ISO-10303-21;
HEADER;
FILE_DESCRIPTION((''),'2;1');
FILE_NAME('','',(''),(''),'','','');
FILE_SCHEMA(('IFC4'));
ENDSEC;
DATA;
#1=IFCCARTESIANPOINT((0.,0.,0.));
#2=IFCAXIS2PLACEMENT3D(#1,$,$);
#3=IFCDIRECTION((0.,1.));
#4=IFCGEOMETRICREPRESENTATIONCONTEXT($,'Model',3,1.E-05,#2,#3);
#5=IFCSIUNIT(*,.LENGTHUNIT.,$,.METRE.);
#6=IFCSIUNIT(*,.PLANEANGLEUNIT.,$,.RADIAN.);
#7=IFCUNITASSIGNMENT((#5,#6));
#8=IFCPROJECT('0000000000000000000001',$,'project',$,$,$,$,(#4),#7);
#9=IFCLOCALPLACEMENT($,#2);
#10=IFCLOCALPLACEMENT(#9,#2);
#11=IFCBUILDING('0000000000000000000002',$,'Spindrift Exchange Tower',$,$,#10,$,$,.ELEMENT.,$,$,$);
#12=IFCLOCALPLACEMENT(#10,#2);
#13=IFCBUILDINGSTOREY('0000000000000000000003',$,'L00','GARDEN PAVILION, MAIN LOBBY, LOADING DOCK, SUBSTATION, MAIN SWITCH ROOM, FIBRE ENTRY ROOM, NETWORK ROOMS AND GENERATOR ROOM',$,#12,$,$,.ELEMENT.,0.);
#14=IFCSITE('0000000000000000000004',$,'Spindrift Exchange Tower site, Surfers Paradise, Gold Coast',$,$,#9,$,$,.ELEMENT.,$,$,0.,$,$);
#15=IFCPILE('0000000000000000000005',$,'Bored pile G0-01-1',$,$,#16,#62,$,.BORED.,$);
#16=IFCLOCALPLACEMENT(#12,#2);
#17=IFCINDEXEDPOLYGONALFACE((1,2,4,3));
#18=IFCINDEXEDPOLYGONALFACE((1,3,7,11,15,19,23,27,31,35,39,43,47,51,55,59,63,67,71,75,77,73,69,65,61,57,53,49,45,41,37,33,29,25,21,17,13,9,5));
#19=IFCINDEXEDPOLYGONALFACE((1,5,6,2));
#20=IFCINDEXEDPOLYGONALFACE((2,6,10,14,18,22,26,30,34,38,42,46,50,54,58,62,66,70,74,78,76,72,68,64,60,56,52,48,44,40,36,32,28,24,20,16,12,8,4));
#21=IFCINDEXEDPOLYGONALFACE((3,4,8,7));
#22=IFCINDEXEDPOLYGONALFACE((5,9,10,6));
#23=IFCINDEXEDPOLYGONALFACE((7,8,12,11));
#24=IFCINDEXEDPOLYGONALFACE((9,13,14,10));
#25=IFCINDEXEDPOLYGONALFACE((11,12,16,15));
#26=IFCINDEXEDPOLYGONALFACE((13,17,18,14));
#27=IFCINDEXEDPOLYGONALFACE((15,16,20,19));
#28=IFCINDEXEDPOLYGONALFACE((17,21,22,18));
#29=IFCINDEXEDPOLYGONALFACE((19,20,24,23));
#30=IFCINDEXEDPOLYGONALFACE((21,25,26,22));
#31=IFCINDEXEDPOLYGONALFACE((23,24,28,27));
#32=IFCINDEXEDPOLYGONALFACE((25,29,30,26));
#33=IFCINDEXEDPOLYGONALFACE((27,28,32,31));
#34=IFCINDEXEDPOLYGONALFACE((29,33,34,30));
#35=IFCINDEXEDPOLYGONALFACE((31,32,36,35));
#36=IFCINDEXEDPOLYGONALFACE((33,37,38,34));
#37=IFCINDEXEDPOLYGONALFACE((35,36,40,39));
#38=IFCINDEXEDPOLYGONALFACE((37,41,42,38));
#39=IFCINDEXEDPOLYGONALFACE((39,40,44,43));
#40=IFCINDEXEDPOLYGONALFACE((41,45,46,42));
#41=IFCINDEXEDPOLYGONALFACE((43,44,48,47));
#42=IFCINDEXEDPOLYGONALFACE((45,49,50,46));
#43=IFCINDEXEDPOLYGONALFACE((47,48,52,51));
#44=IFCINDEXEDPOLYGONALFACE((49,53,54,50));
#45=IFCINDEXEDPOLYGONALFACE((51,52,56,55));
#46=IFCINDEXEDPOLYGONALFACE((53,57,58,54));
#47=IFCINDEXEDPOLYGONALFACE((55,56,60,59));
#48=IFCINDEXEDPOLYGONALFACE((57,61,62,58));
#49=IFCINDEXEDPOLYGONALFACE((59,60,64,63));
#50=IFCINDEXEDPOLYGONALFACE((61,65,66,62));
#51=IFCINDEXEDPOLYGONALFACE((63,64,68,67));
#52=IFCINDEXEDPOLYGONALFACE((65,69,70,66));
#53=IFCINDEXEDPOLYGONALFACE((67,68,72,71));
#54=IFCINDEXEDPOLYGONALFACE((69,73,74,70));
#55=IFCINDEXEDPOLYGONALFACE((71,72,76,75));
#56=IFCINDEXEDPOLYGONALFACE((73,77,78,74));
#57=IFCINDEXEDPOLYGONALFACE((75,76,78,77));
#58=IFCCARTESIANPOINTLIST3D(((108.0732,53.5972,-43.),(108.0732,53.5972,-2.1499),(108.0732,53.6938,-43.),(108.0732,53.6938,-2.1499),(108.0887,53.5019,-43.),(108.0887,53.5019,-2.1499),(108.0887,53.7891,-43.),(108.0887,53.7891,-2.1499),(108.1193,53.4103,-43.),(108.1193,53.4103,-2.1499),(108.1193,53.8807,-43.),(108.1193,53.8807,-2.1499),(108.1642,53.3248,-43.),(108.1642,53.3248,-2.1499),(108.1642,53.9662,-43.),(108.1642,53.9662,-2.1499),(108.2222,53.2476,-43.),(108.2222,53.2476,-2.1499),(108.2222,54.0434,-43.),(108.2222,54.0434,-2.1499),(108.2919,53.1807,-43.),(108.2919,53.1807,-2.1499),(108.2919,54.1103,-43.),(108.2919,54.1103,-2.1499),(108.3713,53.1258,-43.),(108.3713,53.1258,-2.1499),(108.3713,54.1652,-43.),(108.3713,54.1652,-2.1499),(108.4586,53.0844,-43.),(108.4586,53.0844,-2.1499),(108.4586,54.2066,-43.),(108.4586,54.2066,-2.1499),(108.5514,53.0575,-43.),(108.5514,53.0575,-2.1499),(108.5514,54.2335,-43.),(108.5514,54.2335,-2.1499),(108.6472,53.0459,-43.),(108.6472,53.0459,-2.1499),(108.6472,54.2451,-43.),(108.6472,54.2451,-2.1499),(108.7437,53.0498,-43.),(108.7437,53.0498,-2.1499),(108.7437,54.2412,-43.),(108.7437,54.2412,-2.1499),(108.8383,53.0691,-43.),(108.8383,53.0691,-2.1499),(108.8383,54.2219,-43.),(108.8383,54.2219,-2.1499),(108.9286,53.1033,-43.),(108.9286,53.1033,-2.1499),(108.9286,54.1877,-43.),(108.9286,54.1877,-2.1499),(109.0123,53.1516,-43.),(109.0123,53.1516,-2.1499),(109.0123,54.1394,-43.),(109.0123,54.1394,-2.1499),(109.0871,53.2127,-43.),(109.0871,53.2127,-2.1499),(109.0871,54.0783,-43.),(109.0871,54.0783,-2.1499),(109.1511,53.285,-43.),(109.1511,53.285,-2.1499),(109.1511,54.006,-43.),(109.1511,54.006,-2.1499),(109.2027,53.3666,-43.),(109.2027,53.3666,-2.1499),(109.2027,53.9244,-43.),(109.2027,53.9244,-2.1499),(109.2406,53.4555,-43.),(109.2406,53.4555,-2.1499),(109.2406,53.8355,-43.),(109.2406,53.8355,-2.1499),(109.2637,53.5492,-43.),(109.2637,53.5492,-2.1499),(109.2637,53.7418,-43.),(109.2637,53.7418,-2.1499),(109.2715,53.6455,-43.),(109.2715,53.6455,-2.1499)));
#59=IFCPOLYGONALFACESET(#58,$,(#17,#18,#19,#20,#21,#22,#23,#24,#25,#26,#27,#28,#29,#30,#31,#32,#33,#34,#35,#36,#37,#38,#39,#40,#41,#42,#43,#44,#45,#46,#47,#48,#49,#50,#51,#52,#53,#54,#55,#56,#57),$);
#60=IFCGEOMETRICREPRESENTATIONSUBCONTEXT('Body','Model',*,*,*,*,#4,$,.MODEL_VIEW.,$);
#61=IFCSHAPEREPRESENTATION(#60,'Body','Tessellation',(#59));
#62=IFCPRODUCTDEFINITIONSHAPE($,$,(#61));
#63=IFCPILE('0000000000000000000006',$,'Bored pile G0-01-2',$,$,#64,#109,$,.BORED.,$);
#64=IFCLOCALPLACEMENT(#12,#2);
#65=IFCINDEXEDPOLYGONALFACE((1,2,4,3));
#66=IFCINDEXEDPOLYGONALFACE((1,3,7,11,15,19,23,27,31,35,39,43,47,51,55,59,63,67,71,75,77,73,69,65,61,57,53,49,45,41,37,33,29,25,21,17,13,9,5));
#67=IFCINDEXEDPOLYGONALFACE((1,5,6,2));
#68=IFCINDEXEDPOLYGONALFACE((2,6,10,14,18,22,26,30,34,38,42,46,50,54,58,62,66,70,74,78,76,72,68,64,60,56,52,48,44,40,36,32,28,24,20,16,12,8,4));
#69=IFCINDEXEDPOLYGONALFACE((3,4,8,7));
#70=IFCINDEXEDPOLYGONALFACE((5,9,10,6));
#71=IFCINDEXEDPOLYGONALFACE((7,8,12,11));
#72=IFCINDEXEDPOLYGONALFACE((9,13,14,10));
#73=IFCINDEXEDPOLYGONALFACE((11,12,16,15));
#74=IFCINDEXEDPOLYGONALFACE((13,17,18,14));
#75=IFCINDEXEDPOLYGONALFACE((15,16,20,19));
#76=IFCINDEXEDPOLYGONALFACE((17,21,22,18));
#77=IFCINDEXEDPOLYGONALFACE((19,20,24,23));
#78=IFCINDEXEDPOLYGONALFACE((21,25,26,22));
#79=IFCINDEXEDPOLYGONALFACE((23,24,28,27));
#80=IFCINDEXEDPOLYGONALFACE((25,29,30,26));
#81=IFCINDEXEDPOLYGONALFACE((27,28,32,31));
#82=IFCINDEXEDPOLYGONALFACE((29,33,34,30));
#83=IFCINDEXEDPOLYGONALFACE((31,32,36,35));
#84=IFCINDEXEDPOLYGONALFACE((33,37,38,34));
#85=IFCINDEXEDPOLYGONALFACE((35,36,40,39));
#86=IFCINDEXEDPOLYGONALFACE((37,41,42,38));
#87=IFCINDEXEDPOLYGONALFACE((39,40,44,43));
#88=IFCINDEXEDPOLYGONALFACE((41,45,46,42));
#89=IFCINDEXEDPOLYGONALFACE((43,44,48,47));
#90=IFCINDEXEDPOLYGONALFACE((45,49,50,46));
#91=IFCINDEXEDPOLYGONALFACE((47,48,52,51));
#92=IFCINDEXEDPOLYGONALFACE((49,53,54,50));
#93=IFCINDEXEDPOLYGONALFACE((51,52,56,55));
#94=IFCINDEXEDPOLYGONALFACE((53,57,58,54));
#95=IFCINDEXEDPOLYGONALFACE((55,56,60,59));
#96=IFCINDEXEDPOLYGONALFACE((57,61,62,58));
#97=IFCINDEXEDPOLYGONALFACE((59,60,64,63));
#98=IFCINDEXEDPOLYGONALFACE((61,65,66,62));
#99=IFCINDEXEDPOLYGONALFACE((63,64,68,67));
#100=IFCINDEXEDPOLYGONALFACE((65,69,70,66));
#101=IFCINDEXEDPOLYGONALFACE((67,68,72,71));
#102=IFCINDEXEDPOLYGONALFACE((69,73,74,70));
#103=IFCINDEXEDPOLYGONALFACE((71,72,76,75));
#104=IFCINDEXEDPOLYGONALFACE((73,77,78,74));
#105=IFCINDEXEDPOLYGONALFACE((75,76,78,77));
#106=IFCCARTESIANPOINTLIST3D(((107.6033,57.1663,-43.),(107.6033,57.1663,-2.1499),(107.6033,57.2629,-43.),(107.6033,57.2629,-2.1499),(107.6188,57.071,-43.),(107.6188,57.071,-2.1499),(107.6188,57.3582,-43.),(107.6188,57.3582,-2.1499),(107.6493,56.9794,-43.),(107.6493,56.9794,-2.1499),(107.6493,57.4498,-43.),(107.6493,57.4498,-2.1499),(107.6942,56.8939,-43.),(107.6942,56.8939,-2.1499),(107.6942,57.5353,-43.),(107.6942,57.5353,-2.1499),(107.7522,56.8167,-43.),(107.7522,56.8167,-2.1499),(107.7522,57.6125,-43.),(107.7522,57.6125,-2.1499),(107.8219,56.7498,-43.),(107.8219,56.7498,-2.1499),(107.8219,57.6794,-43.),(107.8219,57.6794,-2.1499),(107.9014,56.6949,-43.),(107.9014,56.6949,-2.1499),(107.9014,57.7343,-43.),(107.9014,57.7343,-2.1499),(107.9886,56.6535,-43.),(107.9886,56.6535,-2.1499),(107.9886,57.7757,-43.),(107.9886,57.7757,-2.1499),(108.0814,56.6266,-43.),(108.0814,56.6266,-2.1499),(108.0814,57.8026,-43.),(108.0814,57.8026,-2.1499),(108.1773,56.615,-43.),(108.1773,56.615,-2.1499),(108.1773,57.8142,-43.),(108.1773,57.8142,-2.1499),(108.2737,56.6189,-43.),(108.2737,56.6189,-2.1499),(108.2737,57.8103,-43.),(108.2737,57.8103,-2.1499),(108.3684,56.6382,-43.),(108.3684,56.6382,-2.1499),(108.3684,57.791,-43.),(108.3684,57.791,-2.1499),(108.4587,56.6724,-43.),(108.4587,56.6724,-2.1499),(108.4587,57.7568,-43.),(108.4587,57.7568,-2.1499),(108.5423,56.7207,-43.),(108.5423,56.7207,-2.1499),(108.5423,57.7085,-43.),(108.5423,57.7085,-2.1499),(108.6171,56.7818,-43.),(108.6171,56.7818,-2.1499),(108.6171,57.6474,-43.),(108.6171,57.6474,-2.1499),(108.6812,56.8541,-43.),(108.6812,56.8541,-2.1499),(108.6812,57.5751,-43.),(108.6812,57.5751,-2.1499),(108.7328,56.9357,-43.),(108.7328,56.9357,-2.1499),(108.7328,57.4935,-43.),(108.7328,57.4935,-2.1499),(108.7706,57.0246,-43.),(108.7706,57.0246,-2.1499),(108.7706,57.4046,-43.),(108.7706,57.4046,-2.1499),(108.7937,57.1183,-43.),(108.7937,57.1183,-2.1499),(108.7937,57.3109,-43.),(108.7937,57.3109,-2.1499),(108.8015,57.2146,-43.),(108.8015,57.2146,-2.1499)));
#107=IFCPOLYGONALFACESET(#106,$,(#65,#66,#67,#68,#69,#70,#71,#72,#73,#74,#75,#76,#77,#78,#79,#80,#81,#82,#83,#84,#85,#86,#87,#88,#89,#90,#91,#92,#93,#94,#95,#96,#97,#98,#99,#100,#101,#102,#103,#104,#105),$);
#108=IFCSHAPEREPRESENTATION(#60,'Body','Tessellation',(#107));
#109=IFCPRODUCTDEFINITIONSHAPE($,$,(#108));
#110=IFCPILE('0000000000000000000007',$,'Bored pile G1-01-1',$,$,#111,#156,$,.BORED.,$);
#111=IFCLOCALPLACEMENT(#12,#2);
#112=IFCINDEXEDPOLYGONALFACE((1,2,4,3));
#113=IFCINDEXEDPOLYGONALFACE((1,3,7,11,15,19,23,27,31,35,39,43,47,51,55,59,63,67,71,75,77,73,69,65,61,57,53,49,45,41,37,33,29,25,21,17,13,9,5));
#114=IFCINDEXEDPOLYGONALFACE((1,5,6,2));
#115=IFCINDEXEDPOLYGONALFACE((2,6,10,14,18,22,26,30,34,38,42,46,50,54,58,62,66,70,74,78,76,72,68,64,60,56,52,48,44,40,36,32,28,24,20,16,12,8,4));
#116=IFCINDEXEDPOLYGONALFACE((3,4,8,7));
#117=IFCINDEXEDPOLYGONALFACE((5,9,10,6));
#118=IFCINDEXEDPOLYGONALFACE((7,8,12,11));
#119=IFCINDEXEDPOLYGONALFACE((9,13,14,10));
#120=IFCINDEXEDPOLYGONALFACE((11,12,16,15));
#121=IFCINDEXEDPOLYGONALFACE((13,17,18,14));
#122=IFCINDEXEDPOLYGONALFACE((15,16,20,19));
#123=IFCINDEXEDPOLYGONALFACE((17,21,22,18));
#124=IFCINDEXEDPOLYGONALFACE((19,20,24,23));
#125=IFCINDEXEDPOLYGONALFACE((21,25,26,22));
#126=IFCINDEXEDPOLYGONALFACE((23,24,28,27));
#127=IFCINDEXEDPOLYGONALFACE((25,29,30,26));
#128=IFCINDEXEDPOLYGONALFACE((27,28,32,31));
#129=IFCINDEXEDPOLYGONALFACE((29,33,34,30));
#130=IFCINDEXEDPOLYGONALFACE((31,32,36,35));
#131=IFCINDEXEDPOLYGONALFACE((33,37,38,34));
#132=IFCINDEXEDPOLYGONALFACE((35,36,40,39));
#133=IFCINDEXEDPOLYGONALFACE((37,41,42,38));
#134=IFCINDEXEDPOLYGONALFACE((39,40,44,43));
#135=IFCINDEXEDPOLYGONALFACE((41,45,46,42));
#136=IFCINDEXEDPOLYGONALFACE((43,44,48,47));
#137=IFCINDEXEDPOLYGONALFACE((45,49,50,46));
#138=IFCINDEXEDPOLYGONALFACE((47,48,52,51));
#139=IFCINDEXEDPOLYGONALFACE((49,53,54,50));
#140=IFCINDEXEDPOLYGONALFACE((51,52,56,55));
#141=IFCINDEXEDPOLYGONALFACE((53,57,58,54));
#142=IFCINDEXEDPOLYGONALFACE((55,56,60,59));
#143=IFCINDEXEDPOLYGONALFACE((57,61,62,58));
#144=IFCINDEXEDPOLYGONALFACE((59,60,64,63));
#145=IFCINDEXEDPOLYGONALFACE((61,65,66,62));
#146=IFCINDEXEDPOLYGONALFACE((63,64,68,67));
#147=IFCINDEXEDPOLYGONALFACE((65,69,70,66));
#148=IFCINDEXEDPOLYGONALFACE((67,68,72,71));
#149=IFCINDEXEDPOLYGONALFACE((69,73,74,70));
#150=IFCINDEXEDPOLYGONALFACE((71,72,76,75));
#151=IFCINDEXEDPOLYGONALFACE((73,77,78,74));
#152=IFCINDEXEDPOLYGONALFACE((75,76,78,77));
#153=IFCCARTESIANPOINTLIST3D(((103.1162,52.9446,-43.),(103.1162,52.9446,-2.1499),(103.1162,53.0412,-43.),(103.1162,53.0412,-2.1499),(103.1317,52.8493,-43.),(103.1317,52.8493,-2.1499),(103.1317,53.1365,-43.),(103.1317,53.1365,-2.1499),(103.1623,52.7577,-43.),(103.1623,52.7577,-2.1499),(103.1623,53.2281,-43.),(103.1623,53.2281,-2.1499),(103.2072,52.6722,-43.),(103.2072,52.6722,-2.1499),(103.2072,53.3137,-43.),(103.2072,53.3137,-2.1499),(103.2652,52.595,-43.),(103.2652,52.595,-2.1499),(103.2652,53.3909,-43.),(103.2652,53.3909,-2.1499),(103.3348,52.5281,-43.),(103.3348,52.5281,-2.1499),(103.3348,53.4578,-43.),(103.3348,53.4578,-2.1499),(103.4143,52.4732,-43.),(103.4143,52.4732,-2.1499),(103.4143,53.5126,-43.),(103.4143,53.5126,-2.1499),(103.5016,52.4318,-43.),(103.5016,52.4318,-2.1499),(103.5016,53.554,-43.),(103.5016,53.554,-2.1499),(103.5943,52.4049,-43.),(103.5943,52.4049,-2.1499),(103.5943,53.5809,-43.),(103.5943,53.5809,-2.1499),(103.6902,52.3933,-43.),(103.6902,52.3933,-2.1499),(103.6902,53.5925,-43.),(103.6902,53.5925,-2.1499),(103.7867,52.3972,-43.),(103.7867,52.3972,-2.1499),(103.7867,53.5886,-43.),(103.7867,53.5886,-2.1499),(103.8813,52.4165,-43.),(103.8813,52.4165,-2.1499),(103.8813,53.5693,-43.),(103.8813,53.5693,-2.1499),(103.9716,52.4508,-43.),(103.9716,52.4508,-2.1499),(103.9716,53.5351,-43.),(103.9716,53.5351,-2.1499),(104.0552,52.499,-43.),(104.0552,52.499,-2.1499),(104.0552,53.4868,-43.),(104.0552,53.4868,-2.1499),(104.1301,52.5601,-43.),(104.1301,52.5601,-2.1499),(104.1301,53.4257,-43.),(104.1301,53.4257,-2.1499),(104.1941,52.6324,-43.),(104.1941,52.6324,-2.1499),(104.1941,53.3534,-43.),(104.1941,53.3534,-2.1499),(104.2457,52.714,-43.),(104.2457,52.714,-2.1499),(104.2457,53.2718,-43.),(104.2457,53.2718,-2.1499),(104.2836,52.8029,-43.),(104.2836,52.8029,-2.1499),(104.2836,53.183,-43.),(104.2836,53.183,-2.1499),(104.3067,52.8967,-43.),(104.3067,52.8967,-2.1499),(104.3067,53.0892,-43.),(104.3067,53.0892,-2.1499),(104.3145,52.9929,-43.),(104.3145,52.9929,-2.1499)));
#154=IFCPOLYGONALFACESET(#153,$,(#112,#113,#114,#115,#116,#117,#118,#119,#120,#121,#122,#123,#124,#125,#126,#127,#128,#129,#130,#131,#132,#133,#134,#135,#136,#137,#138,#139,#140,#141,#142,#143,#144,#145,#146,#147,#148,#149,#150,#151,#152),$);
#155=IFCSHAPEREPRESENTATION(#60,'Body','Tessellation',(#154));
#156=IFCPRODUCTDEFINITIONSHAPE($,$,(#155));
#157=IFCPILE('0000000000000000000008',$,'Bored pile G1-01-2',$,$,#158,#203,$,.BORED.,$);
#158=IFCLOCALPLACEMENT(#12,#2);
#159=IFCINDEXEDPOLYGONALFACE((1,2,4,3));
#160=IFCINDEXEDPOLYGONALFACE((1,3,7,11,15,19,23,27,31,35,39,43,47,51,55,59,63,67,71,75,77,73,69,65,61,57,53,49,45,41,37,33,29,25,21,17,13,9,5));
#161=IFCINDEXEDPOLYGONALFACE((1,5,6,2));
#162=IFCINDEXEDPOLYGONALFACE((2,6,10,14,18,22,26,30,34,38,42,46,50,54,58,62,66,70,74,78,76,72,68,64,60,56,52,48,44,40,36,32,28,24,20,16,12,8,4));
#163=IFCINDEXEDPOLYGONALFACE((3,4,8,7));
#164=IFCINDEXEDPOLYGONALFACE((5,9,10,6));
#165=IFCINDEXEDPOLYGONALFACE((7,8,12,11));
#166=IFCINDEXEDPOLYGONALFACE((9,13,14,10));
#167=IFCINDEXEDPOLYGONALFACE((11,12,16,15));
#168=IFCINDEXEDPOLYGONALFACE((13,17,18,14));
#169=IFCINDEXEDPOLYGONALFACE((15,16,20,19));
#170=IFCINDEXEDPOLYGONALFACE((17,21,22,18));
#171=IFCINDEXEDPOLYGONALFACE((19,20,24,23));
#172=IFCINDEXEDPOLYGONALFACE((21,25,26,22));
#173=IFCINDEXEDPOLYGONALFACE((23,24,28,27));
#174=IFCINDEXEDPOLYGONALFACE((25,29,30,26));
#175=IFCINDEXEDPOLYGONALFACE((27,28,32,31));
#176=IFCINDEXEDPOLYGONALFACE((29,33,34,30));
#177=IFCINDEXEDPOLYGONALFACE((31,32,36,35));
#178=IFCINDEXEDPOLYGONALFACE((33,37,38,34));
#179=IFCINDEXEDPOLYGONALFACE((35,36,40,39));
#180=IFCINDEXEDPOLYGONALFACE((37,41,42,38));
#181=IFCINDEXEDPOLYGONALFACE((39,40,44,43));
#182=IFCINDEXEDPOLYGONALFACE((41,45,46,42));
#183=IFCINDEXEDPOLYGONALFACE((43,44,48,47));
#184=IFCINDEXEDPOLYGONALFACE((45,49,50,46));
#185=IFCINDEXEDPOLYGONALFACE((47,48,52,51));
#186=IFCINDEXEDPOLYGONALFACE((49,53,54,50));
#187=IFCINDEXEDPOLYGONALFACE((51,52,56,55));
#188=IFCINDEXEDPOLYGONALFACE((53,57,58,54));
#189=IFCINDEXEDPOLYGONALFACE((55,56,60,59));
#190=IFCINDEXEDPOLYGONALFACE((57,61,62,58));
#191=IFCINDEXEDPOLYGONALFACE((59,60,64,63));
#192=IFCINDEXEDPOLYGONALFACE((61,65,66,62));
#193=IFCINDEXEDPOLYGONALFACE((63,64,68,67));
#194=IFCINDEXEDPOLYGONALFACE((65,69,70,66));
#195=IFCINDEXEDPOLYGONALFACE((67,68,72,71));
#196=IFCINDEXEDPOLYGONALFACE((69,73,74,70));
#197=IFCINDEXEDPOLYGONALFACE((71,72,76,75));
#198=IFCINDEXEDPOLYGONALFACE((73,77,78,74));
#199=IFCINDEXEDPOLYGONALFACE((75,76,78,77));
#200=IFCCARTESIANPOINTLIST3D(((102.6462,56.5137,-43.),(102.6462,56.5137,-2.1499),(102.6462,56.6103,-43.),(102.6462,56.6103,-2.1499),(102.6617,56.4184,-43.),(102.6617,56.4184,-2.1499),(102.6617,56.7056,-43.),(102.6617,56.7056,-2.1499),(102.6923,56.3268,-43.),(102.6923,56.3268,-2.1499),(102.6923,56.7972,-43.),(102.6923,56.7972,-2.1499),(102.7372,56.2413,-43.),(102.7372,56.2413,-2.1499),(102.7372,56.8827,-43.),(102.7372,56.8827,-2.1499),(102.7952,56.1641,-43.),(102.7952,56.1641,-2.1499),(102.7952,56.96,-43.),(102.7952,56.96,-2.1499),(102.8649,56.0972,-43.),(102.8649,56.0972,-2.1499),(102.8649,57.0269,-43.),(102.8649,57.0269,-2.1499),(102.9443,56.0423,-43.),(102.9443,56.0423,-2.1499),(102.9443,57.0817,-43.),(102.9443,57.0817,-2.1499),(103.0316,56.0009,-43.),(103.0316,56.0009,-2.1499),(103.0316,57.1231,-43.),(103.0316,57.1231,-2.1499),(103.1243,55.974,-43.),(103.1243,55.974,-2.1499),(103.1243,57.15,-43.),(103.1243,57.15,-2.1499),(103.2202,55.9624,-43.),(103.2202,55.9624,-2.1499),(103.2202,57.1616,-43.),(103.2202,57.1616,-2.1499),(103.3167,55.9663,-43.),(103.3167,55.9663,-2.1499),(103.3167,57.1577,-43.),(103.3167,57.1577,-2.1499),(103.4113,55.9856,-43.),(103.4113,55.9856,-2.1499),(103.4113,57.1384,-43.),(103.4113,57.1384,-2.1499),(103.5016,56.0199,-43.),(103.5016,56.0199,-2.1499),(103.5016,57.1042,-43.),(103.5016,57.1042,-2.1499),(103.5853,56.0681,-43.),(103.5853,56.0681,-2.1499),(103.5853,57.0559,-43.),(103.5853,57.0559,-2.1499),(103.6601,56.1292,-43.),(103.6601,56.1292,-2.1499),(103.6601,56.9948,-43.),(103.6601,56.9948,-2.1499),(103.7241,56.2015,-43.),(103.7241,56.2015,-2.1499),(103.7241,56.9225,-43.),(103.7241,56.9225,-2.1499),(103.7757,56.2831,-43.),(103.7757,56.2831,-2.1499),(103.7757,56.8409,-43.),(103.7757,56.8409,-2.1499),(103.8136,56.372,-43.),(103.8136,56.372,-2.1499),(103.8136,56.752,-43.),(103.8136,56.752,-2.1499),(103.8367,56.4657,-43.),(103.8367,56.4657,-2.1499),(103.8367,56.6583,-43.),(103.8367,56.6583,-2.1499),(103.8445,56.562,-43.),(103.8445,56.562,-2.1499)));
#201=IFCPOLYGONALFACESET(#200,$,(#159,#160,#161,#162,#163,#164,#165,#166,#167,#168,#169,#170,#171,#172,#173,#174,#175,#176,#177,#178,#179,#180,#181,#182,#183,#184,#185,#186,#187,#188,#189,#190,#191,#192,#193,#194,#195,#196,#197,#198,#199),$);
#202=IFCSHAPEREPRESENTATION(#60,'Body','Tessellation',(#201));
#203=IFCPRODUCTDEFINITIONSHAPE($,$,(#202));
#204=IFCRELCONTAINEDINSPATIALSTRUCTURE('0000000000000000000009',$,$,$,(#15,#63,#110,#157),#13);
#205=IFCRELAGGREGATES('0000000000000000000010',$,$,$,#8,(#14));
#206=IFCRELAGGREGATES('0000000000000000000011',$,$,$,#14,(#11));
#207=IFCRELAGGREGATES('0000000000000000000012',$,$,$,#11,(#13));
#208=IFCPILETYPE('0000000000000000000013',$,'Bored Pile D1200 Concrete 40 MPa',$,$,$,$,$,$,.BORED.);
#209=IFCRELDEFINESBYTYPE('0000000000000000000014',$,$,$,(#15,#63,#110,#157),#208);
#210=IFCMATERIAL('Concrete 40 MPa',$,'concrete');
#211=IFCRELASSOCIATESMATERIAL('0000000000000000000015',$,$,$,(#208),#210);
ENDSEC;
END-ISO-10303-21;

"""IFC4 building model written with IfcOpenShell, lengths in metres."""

from ifc_helpers import new_model, si_unit, direction, frame, origin, origin_2d, place, context, subcontext, project, spatial, circle, extrude, source, transform, mapped, material, material_profile, profile_set, type_object, element, save


model = new_model("IFC4")

# Units and contexts
model_context = context("Model", 3, precision=1e-05, world=origin(), true_north=direction((0.0, 1.0)))
body_context = subcontext(model_context, "Body", "Model", "MODEL_VIEW")
ifc_project = project(units=[si_unit("LENGTHUNIT", "METRE"), si_unit("PLANEANGLEUNIT", "RADIAN")], contexts=[model_context])

# Site, building, storey
site_placement = place(None, origin())
site = spatial("IfcSite", under=ifc_project, at=site_placement, Name="Spindrift Exchange Tower site, Surfers Paradise, Gold Coast", CompositionType="ELEMENT", RefElevation=0.0)
building_placement = place(site_placement, origin())
building = spatial("IfcBuilding", under=site, at=building_placement, Name="Spindrift Exchange Tower", CompositionType="ELEMENT")
storey_placement = place(building_placement, origin())
storey = spatial("IfcBuildingStorey", under=building, at=storey_placement, Name="L00", Description="GARDEN PAVILION, MAIN LOBBY, LOADING DOCK, SUBSTATION, MAIN SWITCH ROOM, FIBRE ENTRY ROOM, NETWORK ROOMS AND GENERATOR ROOM", CompositionType="ELEMENT", Elevation=0.0)

# Piles
ifc_material_1 = material(Name="Concrete 40 MPa", Category="concrete")
ifc_material_profile_1 = material_profile(ifc_material_1, circle(Radius=0.6001, at=origin_2d()), Name="BP D1200")
ifc_profile_set_1 = profile_set([ifc_material_profile_1], Name="Concrete 40 MPa")
pile_type = type_object("IfcPileType", Name="Bored Pile D1200 Concrete 40 MPa", PredefinedType="BORED", material=ifc_profile_set_1)
shared_shape_1 = source(origin(), body_context, "Body", "SweptSolid", [
    extrude(circle(Radius=0.6001, at=origin_2d()), origin(), (0.0, 0.0, 1.0), 40.8501),
])
for number, where, z_axis, x_axis, name in (
    (1, (108.6714, 53.6455, -2.1499), (0.0, 0.0, -1.0), (1.0, 0.0, 0.0), "Bored pile G0-01-1"),
    (2, (108.2014, 57.2146, -2.1499), (0.0, 0.0, -1.0), (1.0, 0.0, 0.0), "Bored pile G0-01-2"),
    (3, (103.7144, 52.9929, -2.1499), (0.0, 0.0, -1.0), (1.0, 0.0, 0.0), "Bored pile G1-01-1"),
    (4, (103.2444, 56.562, -2.1499), (0.0, 0.0, -1.0), (1.0, 0.0, 0.0), "Bored pile G1-01-2"),
):
    element("IfcPile", number, at=place(storey_placement, frame(where, z_axis=z_axis, x_axis=x_axis)), inside=storey, type_object=pile_type, Name=name, PredefinedType="BORED", context=body_context, shape_type="MappedRepresentation", body=[
        mapped(shared_shape_1, transform((0.0, 0.0, 0.0), scale=1.0)),
    ])

save(model, "model.ifc")
